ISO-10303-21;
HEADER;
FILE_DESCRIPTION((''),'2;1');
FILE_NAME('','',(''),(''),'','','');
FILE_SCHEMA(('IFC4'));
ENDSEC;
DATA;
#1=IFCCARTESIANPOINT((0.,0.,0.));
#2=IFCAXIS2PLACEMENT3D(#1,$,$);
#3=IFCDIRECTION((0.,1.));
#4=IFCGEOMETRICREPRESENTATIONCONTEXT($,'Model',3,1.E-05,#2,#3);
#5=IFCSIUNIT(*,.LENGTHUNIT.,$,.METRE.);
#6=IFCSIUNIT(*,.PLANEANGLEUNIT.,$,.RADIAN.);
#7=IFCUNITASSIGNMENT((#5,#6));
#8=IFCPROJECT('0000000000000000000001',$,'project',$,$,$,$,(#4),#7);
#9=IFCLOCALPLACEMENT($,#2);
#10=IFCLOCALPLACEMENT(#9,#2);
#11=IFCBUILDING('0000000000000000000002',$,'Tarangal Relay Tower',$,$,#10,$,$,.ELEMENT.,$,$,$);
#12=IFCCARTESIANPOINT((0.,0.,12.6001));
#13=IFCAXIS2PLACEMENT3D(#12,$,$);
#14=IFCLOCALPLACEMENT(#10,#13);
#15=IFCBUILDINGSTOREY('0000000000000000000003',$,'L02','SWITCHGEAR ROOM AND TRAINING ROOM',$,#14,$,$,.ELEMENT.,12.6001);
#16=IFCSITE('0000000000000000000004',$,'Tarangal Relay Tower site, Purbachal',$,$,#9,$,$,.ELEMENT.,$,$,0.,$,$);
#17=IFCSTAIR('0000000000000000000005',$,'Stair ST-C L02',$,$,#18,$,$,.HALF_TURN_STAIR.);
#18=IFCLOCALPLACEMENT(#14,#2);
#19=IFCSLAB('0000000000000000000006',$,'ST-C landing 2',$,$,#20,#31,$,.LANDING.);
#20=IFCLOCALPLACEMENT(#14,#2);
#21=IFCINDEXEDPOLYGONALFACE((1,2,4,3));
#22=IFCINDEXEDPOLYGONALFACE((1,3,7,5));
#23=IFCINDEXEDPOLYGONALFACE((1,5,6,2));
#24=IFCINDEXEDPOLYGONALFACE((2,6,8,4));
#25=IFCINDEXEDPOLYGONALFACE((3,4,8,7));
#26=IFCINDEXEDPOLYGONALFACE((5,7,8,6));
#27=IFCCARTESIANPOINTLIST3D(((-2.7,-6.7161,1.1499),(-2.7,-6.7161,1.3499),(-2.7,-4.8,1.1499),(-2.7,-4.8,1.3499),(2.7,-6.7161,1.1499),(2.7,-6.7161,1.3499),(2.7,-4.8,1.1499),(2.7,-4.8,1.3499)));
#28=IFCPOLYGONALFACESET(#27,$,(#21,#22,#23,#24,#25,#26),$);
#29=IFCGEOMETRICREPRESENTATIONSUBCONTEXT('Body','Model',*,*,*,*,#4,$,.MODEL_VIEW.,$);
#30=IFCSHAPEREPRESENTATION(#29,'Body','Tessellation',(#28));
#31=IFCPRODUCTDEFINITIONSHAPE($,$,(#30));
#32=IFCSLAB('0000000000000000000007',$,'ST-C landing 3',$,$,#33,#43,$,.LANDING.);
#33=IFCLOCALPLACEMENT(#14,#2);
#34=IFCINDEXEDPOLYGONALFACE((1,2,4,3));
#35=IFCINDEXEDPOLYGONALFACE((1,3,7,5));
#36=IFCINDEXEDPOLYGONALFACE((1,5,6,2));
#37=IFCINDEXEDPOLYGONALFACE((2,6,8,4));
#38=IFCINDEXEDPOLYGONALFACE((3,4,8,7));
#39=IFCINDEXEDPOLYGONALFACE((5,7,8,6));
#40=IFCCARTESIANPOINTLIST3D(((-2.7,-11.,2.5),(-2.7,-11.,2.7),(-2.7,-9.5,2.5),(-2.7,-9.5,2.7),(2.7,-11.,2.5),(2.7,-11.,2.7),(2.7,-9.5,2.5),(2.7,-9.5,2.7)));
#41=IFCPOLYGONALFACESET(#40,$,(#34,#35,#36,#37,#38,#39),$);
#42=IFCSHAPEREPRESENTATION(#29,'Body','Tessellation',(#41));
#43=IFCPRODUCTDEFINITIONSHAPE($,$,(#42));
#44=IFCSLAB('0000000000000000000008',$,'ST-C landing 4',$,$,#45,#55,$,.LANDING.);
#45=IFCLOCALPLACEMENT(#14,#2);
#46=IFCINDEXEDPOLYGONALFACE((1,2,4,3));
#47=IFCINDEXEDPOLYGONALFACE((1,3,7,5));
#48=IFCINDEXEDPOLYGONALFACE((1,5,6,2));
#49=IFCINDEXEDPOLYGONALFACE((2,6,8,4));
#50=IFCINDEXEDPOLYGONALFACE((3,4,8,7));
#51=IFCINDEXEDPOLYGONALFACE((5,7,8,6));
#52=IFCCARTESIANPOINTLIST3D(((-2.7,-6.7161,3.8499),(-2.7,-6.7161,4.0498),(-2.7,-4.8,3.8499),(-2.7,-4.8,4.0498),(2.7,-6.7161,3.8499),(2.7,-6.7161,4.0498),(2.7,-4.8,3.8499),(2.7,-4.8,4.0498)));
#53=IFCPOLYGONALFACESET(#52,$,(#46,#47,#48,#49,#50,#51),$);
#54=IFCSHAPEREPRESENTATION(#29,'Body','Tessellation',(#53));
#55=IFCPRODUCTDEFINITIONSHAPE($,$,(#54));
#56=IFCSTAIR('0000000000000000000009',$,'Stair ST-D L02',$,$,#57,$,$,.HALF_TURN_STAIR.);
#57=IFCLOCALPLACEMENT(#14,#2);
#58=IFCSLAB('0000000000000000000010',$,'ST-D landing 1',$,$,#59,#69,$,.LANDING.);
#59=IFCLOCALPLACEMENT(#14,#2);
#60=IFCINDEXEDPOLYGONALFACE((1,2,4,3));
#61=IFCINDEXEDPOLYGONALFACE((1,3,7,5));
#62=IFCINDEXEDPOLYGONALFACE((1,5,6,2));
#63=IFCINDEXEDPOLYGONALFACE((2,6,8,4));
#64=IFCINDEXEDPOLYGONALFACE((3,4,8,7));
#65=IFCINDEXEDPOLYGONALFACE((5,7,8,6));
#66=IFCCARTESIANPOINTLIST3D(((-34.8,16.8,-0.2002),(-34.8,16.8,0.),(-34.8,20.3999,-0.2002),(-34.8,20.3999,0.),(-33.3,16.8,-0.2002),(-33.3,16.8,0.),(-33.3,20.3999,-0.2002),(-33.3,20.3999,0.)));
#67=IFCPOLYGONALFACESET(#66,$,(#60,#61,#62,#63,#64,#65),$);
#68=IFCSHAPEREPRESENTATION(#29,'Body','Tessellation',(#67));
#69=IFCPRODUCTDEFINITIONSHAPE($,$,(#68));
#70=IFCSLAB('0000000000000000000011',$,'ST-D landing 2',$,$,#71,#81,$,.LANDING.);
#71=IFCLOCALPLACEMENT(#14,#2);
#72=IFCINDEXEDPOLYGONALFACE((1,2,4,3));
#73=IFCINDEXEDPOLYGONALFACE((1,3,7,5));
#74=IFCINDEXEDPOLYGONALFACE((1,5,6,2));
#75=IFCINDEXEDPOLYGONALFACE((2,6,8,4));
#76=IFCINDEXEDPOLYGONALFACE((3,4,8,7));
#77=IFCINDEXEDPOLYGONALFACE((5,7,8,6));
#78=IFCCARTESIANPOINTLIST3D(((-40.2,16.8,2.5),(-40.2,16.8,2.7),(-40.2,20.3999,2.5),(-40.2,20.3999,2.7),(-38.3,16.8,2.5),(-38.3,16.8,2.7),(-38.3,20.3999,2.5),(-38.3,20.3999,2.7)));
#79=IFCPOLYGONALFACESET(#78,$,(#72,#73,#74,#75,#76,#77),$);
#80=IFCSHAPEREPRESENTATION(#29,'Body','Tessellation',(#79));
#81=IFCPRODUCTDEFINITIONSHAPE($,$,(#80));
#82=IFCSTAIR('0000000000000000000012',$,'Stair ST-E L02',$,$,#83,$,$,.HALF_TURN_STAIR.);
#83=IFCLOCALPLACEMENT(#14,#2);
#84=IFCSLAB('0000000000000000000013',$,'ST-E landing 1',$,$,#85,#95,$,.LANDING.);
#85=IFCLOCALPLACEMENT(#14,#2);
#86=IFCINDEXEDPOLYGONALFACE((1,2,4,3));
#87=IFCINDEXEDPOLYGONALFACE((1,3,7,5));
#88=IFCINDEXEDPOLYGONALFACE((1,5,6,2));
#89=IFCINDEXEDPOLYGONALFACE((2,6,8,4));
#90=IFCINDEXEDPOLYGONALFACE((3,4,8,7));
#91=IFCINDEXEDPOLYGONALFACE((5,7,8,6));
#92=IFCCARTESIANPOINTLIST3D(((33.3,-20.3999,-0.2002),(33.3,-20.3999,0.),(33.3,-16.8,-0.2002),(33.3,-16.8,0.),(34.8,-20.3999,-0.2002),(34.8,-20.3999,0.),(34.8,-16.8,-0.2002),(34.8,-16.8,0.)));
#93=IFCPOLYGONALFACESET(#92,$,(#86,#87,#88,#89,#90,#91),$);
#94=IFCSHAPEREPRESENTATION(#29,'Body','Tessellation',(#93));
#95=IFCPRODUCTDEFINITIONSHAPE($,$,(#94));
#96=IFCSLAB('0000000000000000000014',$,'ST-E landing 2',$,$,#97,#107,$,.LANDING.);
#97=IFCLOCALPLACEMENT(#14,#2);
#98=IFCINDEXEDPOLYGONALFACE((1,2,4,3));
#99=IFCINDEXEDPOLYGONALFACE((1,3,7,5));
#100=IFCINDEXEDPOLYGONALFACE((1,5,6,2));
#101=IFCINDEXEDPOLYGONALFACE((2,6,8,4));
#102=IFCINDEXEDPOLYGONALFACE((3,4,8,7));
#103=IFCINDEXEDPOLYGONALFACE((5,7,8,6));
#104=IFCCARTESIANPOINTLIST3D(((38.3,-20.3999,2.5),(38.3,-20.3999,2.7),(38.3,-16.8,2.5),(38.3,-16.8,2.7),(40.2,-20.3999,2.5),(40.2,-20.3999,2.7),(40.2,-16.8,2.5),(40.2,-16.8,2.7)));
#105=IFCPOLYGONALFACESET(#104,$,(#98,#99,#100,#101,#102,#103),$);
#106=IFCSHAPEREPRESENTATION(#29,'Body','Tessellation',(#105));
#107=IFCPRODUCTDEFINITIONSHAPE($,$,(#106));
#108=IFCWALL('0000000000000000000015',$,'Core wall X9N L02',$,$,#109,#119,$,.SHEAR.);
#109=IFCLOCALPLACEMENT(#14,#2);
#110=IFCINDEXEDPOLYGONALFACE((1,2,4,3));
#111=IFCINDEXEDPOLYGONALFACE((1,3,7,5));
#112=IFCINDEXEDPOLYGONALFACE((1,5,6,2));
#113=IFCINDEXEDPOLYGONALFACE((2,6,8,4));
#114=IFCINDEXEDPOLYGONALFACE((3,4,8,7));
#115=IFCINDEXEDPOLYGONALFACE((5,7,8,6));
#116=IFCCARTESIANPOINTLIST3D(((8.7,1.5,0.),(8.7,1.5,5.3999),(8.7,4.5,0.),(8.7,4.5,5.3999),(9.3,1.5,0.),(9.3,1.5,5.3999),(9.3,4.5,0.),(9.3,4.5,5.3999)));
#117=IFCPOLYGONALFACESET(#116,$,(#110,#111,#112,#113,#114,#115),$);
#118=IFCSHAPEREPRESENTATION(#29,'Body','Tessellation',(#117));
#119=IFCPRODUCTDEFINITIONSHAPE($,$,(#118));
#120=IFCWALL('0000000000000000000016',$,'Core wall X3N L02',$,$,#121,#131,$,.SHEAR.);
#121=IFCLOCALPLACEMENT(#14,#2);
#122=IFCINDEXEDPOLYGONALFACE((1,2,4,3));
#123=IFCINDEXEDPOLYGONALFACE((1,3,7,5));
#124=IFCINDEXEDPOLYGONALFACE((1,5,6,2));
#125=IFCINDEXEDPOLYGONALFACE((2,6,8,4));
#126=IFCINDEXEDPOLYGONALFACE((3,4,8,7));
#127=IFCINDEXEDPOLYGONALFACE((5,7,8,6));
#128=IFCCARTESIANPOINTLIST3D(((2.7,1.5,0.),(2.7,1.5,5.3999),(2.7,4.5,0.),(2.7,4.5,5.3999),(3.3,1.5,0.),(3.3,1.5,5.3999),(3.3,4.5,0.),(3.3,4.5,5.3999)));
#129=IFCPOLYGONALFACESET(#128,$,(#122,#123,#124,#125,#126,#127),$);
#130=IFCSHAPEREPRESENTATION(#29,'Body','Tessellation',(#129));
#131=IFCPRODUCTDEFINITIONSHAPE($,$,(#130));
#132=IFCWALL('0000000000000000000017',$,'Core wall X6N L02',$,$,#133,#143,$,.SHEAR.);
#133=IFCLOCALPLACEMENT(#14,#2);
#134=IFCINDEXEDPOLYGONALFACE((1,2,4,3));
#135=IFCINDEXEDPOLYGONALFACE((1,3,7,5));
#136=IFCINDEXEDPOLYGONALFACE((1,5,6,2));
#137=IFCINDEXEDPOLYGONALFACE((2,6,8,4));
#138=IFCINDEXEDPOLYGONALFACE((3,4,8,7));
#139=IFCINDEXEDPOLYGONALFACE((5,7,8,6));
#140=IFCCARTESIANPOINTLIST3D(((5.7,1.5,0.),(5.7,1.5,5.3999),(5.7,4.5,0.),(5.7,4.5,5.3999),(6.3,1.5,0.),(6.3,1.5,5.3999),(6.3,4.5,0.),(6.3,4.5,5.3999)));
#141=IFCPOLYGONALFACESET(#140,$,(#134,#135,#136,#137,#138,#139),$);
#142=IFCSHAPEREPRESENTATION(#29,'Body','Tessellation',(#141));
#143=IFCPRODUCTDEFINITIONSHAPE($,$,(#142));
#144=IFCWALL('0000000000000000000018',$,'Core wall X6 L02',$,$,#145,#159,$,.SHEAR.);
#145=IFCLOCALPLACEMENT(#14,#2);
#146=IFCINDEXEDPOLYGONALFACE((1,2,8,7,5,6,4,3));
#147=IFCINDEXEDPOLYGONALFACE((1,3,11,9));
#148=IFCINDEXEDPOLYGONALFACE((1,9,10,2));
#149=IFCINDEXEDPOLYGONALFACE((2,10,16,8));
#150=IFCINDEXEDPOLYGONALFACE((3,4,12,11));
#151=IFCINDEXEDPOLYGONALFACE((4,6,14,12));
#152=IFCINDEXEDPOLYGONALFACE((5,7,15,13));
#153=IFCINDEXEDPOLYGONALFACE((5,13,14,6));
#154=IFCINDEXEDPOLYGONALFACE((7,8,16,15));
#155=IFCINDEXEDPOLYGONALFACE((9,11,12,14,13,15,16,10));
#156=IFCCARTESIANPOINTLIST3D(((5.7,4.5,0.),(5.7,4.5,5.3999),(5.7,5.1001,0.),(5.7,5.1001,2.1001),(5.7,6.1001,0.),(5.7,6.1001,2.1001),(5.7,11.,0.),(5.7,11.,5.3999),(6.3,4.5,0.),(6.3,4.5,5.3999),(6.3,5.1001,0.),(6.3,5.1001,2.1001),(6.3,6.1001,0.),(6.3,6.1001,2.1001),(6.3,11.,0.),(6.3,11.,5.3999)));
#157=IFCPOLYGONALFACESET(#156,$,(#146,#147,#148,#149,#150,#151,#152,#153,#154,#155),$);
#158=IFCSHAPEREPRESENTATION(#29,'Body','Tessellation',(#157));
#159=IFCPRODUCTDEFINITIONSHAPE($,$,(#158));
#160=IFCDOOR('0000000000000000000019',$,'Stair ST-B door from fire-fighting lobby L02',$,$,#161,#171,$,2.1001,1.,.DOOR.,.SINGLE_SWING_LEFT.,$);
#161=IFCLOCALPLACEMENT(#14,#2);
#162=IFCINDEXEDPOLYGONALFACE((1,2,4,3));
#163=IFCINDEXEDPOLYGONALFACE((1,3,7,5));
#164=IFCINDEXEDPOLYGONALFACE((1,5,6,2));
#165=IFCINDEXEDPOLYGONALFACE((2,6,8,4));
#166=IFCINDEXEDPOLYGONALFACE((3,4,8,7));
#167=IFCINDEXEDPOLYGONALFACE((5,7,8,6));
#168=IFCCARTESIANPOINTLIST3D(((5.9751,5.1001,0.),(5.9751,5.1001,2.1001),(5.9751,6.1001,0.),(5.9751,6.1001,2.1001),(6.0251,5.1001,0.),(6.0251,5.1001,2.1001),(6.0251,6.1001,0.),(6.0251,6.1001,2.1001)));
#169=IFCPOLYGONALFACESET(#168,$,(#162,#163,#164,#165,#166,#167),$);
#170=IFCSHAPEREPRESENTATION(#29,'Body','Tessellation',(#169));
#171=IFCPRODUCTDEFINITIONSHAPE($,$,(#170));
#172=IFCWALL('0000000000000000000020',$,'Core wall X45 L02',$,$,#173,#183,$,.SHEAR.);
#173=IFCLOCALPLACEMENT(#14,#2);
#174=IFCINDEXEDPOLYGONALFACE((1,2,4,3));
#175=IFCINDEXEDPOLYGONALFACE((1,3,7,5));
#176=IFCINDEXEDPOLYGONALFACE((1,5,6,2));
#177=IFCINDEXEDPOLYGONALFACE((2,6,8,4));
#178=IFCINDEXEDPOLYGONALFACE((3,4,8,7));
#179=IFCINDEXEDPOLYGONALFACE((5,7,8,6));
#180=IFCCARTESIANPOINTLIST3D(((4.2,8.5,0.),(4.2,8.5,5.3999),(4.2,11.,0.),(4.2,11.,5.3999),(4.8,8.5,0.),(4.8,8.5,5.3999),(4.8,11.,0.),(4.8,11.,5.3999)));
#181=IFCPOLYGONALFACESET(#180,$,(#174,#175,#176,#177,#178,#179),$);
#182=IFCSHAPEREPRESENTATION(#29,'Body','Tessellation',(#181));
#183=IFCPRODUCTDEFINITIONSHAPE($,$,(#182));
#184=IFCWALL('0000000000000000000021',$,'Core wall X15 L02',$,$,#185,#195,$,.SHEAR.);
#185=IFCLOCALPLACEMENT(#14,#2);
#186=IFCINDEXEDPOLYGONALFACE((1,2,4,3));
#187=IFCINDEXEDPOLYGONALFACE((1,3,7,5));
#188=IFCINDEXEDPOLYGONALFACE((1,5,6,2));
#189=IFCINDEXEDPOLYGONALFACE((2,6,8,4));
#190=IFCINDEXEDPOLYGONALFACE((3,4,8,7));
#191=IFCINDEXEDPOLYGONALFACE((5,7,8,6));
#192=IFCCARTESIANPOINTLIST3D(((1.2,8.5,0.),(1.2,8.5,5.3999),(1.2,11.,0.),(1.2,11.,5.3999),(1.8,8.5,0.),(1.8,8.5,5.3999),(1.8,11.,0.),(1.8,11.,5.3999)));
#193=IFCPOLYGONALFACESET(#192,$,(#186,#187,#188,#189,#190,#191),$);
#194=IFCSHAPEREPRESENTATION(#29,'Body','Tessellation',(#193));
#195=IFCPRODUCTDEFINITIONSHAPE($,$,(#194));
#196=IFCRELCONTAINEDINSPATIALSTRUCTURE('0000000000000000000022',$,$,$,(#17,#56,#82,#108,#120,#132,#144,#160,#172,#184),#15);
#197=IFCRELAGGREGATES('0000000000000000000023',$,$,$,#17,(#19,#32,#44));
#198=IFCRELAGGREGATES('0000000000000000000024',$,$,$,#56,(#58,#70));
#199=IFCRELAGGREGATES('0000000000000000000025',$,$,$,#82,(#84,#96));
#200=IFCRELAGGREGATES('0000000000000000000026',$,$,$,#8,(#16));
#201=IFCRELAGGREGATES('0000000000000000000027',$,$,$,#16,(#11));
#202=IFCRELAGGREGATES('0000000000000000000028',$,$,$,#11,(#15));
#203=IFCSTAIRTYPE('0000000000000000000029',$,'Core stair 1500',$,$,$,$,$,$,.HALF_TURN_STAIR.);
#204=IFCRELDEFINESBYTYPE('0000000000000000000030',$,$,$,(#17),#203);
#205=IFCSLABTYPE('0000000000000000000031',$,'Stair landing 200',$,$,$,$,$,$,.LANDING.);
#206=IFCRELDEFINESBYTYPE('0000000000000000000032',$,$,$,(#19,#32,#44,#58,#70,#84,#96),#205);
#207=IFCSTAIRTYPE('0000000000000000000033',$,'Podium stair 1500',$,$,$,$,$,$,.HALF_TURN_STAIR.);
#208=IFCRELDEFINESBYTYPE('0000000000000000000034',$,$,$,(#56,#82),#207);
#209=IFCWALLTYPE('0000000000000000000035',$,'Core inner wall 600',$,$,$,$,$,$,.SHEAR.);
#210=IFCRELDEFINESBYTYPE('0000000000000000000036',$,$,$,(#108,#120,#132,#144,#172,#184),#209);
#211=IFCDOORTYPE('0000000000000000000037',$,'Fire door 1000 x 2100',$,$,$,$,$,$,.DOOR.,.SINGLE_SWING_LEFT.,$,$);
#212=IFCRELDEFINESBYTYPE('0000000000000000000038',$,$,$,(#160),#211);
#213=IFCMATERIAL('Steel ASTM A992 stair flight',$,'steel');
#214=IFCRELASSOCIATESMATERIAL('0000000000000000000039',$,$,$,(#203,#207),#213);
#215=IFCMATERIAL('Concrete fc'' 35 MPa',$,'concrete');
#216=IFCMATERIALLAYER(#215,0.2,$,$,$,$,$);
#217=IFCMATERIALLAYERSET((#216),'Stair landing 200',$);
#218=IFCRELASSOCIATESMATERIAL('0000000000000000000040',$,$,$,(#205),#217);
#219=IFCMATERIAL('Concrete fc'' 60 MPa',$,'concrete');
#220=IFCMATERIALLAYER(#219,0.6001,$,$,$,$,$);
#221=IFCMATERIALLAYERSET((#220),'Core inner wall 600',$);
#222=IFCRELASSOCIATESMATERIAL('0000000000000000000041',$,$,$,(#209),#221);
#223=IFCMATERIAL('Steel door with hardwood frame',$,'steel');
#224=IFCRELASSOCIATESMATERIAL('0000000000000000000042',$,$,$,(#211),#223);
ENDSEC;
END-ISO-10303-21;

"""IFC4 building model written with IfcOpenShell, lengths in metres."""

from ifc_helpers import new_model, si_unit, direction, frame, frame_2d, origin, place, context, subcontext, project, spatial, polyline, rectangle, outline, extrude, material, layer, layer_set, type_object, element, fill, aggregate, save


model = new_model("IFC4")

# Units and contexts
model_context = context("Model", 3, precision=1e-05, world=origin(), true_north=direction((0.0, 1.0)))
body_context = subcontext(model_context, "Body", "Model", "MODEL_VIEW")
ifc_project = project(units=[si_unit("LENGTHUNIT", "METRE"), si_unit("PLANEANGLEUNIT", "RADIAN")], contexts=[model_context])

# Site, building, storey
site_placement = place(None, origin())
site = spatial("IfcSite", under=ifc_project, at=site_placement, Name="Tarangal Relay Tower site, Purbachal", CompositionType="ELEMENT", RefElevation=0.0)
building_placement = place(site_placement, origin())
building = spatial("IfcBuilding", under=site, at=building_placement, Name="Tarangal Relay Tower", CompositionType="ELEMENT")
storey_placement = place(building_placement, frame((0.0, 0.0, 12.6001)))
storey = spatial("IfcBuildingStorey", under=building, at=storey_placement, Name="L02", Description="SWITCHGEAR ROOM AND TRAINING ROOM", CompositionType="ELEMENT", Elevation=12.6001)

# Stairs, slabs
ifc_material_1 = material(Name="Steel ASTM A992 stair flight", Category="steel")
stair_type_1 = type_object("IfcStairType", Name="Core stair 1500", PredefinedType="HALF_TURN_STAIR", material=ifc_material_1)
stair_1_placement = place(storey_placement, origin())
stair_1 = element("IfcStair", 1, at=stair_1_placement, inside=storey, type_object=stair_type_1, Name="Stair ST-C L02", PredefinedType="HALF_TURN_STAIR")
ifc_material_2 = material(Name="Concrete fc' 35 MPa", Category="concrete")
ifc_layer_1 = layer(ifc_material_2, 0.2)
ifc_layer_set_1 = layer_set([ifc_layer_1], Name="Stair landing 200")
slab_type = type_object("IfcSlabType", Name="Stair landing 200", PredefinedType="LANDING", material=ifc_layer_set_1)
slab_1_placement = place(storey_placement, frame((0.0, 0.0, 1.1499)))
slab_1 = element("IfcSlab", 2, at=slab_1_placement, type_object=slab_type, Name="ST-C landing 2", PredefinedType="LANDING", context=body_context, shape_type="SweptSolid", body=[
    extrude(outline(polyline([(-2.7, -6.7161), (2.7, -6.7161), (2.7, -4.8), (-2.7, -4.8), (-2.7, -6.7161)])), origin(), (0.0, 0.0, 1.0), 0.2),
])
slab_2_placement = place(storey_placement, frame((0.0, 0.0, 2.5)))
slab_2 = element("IfcSlab", 3, at=slab_2_placement, type_object=slab_type, Name="ST-C landing 3", PredefinedType="LANDING", context=body_context, shape_type="SweptSolid", body=[
    extrude(outline(polyline([(-2.7, -11.0), (2.7, -11.0), (2.7, -9.5), (-2.7, -9.5), (-2.7, -11.0)])), origin(), (0.0, 0.0, 1.0), 0.2),
])
slab_3_placement = place(storey_placement, frame((0.0, 0.0, 3.8499)))
slab_3 = element("IfcSlab", 4, at=slab_3_placement, type_object=slab_type, Name="ST-C landing 4", PredefinedType="LANDING", context=body_context, shape_type="SweptSolid", body=[
    extrude(outline(polyline([(-2.7, -6.7161), (2.7, -6.7161), (2.7, -4.8), (-2.7, -4.8), (-2.7, -6.7161)])), origin(), (0.0, 0.0, 1.0), 0.2),
])
aggregate(stair_1, [slab_1, slab_2, slab_3])
stair_type_2 = type_object("IfcStairType", Name="Podium stair 1500", PredefinedType="HALF_TURN_STAIR", material=ifc_material_1)
stair_2_placement = place(storey_placement, origin())
stair_2 = element("IfcStair", 5, at=stair_2_placement, inside=storey, type_object=stair_type_2, Name="Stair ST-D L02", PredefinedType="HALF_TURN_STAIR")
slab_4_placement = place(storey_placement, frame((0.0, 0.0, -0.2002)))
slab_4 = element("IfcSlab", 6, at=slab_4_placement, type_object=slab_type, Name="ST-D landing 1", PredefinedType="LANDING", context=body_context, shape_type="SweptSolid", body=[
    extrude(outline(polyline([(-33.3, 16.8), (-33.3, 20.3999), (-34.8, 20.3999), (-34.8, 16.8), (-33.3, 16.8)])), origin(), (0.0, 0.0, 1.0), 0.2002),
])
slab_5_placement = place(storey_placement, frame((0.0, 0.0, 2.5)))
slab_5 = element("IfcSlab", 7, at=slab_5_placement, type_object=slab_type, Name="ST-D landing 2", PredefinedType="LANDING", context=body_context, shape_type="SweptSolid", body=[
    extrude(outline(polyline([(-38.3, 16.8), (-38.3, 20.3999), (-40.2, 20.3999), (-40.2, 16.8), (-38.3, 16.8)])), origin(), (0.0, 0.0, 1.0), 0.2),
])
aggregate(stair_2, [slab_4, slab_5])
stair_3_placement = place(storey_placement, origin())
stair_3 = element("IfcStair", 8, at=stair_3_placement, inside=storey, type_object=stair_type_2, Name="Stair ST-E L02", PredefinedType="HALF_TURN_STAIR")
slab_6_placement = place(storey_placement, frame((0.0, 0.0, -0.2002)))
slab_6 = element("IfcSlab", 9, at=slab_6_placement, type_object=slab_type, Name="ST-E landing 1", PredefinedType="LANDING", context=body_context, shape_type="SweptSolid", body=[
    extrude(outline(polyline([(34.8, -20.3999), (34.8, -16.8), (33.3, -16.8), (33.3, -20.3999), (34.8, -20.3999)])), origin(), (0.0, 0.0, 1.0), 0.2002),
])
slab_7_placement = place(storey_placement, frame((0.0, 0.0, 2.5)))
slab_7 = element("IfcSlab", 10, at=slab_7_placement, type_object=slab_type, Name="ST-E landing 2", PredefinedType="LANDING", context=body_context, shape_type="SweptSolid", body=[
    extrude(outline(polyline([(40.2, -20.3999), (40.2, -16.8), (38.3, -16.8), (38.3, -20.3999), (40.2, -20.3999)])), origin(), (0.0, 0.0, 1.0), 0.2),
])
aggregate(stair_3, [slab_6, slab_7])

# Walls
ifc_material_3 = material(Name="Concrete fc' 60 MPa", Category="concrete")
ifc_layer_2 = layer(ifc_material_3, 0.6001)
ifc_layer_set_2 = layer_set([ifc_layer_2], Name="Core inner wall 600")
wall_type = type_object("IfcWallType", Name="Core inner wall 600", PredefinedType="SHEAR", material=ifc_layer_set_2)
for number, where, z_axis, x_axis, name in (
    (11, (9.0, 1.5, 0.0), (0.0, 0.0, 1.0), (0.0, 1.0, 0.0), "Core wall X9N L02"),
    (12, (3.0, 1.5, 0.0), (0.0, 0.0, 1.0), (0.0, 1.0, 0.0), "Core wall X3N L02"),
    (13, (6.0, 1.5, 0.0), (0.0, 0.0, 1.0), (0.0, 1.0, 0.0), "Core wall X6N L02"),
):
    element("IfcWall", number, at=place(storey_placement, frame(where, z_axis=z_axis, x_axis=x_axis)), inside=storey, type_object=wall_type, Name=name, PredefinedType="SHEAR", context=body_context, shape_type="SweptSolid", body=[
        extrude(rectangle(XDim=3.0, YDim=0.6001, at=frame_2d((1.5, 0.0))), origin(), (0.0, 0.0, 1.0), 5.3999),
    ])

# Wall, opening, door
wall_placement = place(storey_placement, frame((6.0, 4.5, 0.0), z_axis=(0.0, 0.0, 1.0), x_axis=(0.0, 1.0, 0.0)))
wall = element("IfcWall", 14, at=wall_placement, inside=storey, type_object=wall_type, Name="Core wall X6 L02", PredefinedType="SHEAR", context=body_context, shape_type="SweptSolid", body=[
    extrude(rectangle(XDim=6.5, YDim=0.6001, at=frame_2d((3.25, 0.0))), origin(), (0.0, 0.0, 1.0), 5.3999),
])
opening_placement = place(wall_placement, frame((0.6001, 0.0, 0.0)))
opening = element("IfcOpeningElement", 15, at=opening_placement, cuts=wall, PredefinedType="OPENING", context=body_context, shape_type="SweptSolid", body=[
    extrude(rectangle(XDim=1.0, YDim=2.1001, at=frame_2d((0.5, 1.05))), frame((0.0, 0.3101, 0.0), z_axis=(0.0, -1.0, 0.0), x_axis=(1.0, 0.0, 0.0)), (0.0, 0.0, 1.0), 0.6201),
])
ifc_material_4 = material(Name="Steel door with hardwood frame", Category="steel")
door_type = type_object("IfcDoorType", Name="Fire door 1000 x 2100", OperationType="SINGLE_SWING_LEFT", PredefinedType="DOOR", material=ifc_material_4)
door_placement = place(opening_placement, origin())
door = element("IfcDoor", 16, at=door_placement, inside=storey, type_object=door_type, Name="Stair ST-B door from fire-fighting lobby L02", OperationType="SINGLE_SWING_LEFT", OverallHeight=2.1001, OverallWidth=1.0, PredefinedType="DOOR", context=body_context, shape_type="SweptSolid", body=[
    extrude(rectangle(XDim=1.0, YDim=2.1001, at=frame_2d((0.5, 1.05))), frame((0.0, 0.0249, 0.0), z_axis=(0.0, -1.0, 0.0), x_axis=(1.0, 0.0, 0.0)), (0.0, 0.0, 1.0), 0.05),
])
fill(opening, door)

# Walls
for number, where, z_axis, x_axis, name in (
    (17, (4.5, 8.5, 0.0), (0.0, 0.0, 1.0), (0.0, 1.0, 0.0), "Core wall X45 L02"),
    (18, (1.5, 8.5, 0.0), (0.0, 0.0, 1.0), (0.0, 1.0, 0.0), "Core wall X15 L02"),
):
    element("IfcWall", number, at=place(storey_placement, frame(where, z_axis=z_axis, x_axis=x_axis)), inside=storey, type_object=wall_type, Name=name, PredefinedType="SHEAR", context=body_context, shape_type="SweptSolid", body=[
        extrude(rectangle(XDim=2.5, YDim=0.6001, at=frame_2d((1.25, 0.0))), origin(), (0.0, 0.0, 1.0), 5.3999),
    ])

save(model, "model.ifc")
